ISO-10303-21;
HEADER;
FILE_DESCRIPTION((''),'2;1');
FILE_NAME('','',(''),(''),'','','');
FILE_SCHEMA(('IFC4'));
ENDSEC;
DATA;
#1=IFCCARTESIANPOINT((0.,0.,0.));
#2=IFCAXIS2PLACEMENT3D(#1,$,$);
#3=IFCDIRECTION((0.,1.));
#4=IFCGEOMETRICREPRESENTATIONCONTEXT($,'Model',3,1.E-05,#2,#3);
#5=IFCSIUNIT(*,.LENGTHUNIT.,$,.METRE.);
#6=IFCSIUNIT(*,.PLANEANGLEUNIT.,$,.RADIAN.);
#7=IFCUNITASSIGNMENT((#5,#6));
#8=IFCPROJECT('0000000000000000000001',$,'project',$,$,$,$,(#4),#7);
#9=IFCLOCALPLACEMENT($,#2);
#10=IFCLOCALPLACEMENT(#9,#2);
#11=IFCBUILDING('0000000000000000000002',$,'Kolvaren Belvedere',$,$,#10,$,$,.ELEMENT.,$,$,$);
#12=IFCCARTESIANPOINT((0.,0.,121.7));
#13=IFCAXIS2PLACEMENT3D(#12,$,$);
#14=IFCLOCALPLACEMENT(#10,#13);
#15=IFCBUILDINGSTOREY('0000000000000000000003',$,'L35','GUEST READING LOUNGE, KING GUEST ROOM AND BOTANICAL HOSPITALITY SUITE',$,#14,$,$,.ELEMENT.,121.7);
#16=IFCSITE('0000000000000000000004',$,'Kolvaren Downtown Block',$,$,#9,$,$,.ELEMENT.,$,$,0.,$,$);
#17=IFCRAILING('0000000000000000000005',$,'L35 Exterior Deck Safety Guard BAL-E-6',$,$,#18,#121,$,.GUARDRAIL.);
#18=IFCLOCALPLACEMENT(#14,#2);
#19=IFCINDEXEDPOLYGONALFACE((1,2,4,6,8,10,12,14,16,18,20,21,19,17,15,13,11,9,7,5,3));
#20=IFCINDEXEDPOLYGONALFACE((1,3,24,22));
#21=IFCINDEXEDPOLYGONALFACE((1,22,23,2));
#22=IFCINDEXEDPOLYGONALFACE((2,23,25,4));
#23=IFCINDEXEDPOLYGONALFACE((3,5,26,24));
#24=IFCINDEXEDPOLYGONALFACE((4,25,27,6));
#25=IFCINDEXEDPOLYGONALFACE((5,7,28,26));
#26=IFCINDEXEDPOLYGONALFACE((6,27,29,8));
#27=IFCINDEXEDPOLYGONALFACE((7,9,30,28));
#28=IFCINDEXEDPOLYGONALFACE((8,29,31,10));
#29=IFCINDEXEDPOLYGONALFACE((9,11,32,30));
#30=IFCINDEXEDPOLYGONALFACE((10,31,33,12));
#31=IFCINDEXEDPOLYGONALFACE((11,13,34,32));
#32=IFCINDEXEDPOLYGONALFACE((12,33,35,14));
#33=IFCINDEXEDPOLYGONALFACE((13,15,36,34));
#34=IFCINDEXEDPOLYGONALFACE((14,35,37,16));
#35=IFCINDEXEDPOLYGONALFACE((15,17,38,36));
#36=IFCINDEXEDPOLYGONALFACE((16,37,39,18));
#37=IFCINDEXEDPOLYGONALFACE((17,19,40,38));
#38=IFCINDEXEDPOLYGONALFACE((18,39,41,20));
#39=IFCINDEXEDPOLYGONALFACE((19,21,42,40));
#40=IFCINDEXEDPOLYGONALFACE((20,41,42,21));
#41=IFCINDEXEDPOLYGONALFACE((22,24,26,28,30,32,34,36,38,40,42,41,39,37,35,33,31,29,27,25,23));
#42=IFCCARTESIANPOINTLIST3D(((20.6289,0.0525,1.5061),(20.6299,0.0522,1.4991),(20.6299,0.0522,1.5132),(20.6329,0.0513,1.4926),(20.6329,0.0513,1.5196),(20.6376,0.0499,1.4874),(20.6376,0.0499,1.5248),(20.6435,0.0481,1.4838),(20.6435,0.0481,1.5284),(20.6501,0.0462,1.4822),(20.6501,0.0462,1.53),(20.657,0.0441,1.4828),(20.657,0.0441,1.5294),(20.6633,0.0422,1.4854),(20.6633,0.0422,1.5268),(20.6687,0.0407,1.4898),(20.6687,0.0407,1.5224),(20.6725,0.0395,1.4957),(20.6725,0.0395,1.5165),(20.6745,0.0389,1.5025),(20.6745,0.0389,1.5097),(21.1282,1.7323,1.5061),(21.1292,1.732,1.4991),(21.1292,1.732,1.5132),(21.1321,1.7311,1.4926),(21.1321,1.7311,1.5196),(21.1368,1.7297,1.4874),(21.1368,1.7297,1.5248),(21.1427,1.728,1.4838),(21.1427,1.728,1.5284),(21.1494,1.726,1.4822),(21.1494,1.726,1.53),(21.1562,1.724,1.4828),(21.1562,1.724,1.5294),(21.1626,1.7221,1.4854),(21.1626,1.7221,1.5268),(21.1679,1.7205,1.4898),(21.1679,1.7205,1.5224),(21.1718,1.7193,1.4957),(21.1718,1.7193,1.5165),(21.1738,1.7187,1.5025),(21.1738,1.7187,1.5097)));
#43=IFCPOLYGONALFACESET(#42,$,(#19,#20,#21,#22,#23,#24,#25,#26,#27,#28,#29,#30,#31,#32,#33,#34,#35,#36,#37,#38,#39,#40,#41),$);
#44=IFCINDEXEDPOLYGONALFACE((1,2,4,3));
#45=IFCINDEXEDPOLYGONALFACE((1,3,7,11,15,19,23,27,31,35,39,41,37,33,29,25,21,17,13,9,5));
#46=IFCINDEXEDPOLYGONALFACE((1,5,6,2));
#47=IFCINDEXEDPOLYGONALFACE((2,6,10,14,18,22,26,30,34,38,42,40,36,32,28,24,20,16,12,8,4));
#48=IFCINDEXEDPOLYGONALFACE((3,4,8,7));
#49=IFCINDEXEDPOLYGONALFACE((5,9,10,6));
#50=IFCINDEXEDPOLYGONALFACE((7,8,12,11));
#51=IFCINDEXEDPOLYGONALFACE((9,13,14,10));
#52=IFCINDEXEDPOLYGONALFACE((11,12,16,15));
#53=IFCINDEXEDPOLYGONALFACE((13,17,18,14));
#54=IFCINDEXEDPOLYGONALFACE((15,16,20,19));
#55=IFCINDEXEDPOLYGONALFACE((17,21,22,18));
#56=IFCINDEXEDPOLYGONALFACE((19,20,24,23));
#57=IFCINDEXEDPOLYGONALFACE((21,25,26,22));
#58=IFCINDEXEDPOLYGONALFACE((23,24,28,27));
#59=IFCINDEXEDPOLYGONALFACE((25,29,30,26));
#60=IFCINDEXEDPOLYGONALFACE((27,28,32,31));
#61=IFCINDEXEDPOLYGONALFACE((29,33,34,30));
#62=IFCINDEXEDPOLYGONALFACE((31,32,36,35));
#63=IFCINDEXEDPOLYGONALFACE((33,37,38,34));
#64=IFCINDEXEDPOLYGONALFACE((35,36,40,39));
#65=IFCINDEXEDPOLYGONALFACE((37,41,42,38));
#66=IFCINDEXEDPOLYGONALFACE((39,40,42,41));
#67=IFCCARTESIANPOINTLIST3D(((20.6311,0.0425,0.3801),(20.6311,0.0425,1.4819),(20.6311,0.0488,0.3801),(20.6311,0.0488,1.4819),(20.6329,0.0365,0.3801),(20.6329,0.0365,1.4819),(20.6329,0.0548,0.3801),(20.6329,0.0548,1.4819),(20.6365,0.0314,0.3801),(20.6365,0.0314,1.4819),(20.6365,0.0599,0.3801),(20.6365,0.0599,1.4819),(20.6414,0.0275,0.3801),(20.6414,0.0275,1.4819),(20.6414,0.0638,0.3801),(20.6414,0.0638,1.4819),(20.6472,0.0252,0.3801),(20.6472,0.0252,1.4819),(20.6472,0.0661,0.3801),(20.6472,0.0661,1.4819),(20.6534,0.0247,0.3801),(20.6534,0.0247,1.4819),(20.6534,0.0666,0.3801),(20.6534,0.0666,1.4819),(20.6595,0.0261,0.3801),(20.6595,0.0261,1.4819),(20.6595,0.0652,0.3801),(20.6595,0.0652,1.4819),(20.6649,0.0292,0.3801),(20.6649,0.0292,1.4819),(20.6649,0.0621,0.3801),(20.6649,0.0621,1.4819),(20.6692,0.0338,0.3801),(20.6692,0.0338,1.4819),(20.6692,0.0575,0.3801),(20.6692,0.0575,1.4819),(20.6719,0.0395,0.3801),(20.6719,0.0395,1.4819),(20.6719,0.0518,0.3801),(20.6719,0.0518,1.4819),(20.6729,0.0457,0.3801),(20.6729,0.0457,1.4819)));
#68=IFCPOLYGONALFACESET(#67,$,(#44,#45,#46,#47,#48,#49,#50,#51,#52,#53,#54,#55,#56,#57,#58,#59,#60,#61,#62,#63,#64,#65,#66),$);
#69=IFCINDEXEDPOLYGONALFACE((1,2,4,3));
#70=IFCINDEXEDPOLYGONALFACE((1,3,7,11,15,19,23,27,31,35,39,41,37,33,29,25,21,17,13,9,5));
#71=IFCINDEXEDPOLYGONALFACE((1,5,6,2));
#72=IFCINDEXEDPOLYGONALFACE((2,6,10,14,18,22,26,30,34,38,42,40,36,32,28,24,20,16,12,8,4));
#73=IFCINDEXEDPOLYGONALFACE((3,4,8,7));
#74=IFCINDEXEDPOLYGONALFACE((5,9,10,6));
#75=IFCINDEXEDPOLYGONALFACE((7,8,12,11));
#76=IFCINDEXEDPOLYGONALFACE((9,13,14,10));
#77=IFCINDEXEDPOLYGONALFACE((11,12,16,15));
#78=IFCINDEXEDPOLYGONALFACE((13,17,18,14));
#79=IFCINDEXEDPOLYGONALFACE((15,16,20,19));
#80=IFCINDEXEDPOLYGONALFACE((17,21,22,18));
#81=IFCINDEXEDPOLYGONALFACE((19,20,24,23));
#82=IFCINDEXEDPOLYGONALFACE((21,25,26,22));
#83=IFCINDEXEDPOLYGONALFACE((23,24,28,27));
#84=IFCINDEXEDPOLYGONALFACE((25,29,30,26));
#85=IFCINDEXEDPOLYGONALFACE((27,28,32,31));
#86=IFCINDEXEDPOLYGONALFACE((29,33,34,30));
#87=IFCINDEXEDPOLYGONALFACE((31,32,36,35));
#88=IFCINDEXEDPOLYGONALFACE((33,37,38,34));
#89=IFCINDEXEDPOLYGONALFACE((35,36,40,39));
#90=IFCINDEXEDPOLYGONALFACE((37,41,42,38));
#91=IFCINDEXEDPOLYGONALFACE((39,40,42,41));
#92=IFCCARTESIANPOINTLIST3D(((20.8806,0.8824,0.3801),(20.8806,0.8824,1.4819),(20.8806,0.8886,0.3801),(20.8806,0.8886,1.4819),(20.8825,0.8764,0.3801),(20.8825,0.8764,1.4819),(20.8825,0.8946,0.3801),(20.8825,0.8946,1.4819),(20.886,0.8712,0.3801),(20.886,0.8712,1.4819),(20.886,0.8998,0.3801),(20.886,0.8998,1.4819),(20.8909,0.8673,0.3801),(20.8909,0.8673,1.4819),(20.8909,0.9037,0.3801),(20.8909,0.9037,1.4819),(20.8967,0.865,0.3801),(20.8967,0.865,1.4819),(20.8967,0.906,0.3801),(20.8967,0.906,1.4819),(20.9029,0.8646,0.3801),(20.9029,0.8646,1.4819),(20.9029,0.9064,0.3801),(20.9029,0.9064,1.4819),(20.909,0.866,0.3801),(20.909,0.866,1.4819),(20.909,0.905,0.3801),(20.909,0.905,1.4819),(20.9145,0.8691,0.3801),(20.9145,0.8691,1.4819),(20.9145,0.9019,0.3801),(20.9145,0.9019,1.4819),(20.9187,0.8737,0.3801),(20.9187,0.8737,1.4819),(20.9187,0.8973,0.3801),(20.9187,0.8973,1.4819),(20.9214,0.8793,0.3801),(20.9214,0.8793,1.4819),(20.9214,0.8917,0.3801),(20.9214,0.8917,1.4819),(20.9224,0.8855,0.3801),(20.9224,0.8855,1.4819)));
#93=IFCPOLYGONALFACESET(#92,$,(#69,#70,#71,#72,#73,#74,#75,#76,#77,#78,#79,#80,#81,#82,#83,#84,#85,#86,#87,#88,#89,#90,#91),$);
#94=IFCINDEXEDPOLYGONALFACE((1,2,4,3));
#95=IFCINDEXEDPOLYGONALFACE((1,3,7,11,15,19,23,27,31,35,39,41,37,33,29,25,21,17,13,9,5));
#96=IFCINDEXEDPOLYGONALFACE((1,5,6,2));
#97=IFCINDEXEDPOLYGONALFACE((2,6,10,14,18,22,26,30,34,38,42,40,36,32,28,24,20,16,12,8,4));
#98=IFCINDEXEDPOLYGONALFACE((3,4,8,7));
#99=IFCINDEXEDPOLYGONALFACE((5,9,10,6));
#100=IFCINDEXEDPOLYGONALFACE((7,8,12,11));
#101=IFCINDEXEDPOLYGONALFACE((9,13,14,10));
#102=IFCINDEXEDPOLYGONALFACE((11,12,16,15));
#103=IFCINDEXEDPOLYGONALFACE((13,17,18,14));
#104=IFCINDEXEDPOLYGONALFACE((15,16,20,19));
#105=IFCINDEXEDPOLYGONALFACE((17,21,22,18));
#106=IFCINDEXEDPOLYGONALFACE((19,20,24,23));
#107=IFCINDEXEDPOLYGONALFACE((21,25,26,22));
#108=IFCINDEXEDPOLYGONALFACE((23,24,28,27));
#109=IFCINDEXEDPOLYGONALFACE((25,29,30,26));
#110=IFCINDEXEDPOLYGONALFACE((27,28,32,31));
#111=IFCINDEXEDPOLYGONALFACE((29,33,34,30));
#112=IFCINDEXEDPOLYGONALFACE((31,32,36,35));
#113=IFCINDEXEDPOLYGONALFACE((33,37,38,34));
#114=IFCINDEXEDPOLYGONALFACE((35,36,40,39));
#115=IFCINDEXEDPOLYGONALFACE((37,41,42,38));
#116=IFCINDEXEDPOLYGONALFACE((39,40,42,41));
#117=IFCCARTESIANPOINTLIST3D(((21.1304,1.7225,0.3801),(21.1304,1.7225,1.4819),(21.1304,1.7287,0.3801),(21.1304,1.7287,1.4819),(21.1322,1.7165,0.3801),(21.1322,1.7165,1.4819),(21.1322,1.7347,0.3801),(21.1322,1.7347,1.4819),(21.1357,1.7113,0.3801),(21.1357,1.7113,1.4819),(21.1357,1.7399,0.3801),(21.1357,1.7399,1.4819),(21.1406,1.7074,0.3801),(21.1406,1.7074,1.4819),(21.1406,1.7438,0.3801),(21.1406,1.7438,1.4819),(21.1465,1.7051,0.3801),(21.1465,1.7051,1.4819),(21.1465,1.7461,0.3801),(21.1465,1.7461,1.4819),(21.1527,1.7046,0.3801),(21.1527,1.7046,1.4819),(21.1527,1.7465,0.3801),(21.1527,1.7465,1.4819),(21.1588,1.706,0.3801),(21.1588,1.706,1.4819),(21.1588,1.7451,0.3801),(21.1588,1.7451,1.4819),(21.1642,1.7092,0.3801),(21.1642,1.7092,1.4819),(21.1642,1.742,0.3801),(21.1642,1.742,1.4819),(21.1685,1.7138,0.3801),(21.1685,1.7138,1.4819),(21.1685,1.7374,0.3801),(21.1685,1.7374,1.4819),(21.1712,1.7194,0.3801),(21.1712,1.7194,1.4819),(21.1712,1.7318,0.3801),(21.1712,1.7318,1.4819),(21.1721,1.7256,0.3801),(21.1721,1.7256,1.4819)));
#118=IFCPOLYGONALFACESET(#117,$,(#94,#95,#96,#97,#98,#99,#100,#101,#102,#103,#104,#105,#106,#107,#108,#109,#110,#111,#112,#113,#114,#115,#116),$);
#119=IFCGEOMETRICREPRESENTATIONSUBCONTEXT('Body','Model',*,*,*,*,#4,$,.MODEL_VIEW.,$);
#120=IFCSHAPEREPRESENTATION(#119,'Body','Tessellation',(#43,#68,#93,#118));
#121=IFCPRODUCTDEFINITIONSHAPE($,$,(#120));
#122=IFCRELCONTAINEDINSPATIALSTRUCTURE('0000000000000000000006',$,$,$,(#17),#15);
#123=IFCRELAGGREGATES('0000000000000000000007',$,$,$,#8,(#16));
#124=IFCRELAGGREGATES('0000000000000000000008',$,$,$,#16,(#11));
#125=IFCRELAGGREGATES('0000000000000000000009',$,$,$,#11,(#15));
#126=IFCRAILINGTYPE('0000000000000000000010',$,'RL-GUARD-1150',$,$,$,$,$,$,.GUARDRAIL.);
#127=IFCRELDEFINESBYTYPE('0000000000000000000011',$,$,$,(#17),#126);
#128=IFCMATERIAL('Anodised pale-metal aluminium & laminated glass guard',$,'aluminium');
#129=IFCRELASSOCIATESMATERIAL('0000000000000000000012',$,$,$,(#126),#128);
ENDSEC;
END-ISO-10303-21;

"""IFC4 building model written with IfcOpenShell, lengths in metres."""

from ifc_helpers import new_model, si_unit, direction, frame, origin, origin_2d, place, context, subcontext, project, spatial, circle, extrude, material, type_object, element, save


model = new_model("IFC4")

# Units and contexts
model_context = context("Model", 3, precision=1e-05, world=origin(), true_north=direction((0.0, 1.0)))
body_context = subcontext(model_context, "Body", "Model", "MODEL_VIEW")
ifc_project = project(units=[si_unit("LENGTHUNIT", "METRE"), si_unit("PLANEANGLEUNIT", "RADIAN")], contexts=[model_context])

# Site, building, storey
site_placement = place(None, origin())
site = spatial("IfcSite", under=ifc_project, at=site_placement, Name="Kolvaren Downtown Block", CompositionType="ELEMENT", RefElevation=0.0)
building_placement = place(site_placement, origin())
building = spatial("IfcBuilding", under=site, at=building_placement, Name="Kolvaren Belvedere", CompositionType="ELEMENT")
storey_placement = place(building_placement, frame((0.0, 0.0, 121.7)))
storey = spatial("IfcBuildingStorey", under=building, at=storey_placement, Name="L35", Description="GUEST READING LOUNGE, KING GUEST ROOM AND BOTANICAL HOSPITALITY SUITE", CompositionType="ELEMENT", Elevation=121.7)

# Railing
ifc_material_1 = material(Name="Anodised pale-metal aluminium & laminated glass guard", Category="aluminium")
railing_type = type_object("IfcRailingType", Name="RL-GUARD-1150", PredefinedType="GUARDRAIL", material=ifc_material_1)
railing_1_placement = place(storey_placement, frame((20.6519, 0.0457, 0.3801)))
element("IfcRailing", 1, at=railing_1_placement, inside=storey, type_object=railing_type, Name="L35 Exterior Deck Safety Guard BAL-E-6", PredefinedType="GUARDRAIL", context=body_context, shape_type="SweptSolid", body=[
    extrude(circle(Radius=0.0239, at=origin_2d()), frame((0.0, 0.0, 1.126), z_axis=(0.28488, 0.958563, 0.0), x_axis=(-0.958563, 0.28488, 0.0)), (0.0, 0.0, 1.0), 1.7524),
    extrude(circle(Radius=0.021, at=origin_2d()), origin(), (0.0, 0.0, 1.0), 1.1018),
    extrude(circle(Radius=0.021, at=origin_2d()), frame((0.2495, 0.8398, 0.0)), (0.0, 0.0, 1.0), 1.1018),
    extrude(circle(Radius=0.021, at=origin_2d()), frame((0.4993, 1.6799, 0.0)), (0.0, 0.0, 1.0), 1.1018),
])

save(model, "model.ifc")
